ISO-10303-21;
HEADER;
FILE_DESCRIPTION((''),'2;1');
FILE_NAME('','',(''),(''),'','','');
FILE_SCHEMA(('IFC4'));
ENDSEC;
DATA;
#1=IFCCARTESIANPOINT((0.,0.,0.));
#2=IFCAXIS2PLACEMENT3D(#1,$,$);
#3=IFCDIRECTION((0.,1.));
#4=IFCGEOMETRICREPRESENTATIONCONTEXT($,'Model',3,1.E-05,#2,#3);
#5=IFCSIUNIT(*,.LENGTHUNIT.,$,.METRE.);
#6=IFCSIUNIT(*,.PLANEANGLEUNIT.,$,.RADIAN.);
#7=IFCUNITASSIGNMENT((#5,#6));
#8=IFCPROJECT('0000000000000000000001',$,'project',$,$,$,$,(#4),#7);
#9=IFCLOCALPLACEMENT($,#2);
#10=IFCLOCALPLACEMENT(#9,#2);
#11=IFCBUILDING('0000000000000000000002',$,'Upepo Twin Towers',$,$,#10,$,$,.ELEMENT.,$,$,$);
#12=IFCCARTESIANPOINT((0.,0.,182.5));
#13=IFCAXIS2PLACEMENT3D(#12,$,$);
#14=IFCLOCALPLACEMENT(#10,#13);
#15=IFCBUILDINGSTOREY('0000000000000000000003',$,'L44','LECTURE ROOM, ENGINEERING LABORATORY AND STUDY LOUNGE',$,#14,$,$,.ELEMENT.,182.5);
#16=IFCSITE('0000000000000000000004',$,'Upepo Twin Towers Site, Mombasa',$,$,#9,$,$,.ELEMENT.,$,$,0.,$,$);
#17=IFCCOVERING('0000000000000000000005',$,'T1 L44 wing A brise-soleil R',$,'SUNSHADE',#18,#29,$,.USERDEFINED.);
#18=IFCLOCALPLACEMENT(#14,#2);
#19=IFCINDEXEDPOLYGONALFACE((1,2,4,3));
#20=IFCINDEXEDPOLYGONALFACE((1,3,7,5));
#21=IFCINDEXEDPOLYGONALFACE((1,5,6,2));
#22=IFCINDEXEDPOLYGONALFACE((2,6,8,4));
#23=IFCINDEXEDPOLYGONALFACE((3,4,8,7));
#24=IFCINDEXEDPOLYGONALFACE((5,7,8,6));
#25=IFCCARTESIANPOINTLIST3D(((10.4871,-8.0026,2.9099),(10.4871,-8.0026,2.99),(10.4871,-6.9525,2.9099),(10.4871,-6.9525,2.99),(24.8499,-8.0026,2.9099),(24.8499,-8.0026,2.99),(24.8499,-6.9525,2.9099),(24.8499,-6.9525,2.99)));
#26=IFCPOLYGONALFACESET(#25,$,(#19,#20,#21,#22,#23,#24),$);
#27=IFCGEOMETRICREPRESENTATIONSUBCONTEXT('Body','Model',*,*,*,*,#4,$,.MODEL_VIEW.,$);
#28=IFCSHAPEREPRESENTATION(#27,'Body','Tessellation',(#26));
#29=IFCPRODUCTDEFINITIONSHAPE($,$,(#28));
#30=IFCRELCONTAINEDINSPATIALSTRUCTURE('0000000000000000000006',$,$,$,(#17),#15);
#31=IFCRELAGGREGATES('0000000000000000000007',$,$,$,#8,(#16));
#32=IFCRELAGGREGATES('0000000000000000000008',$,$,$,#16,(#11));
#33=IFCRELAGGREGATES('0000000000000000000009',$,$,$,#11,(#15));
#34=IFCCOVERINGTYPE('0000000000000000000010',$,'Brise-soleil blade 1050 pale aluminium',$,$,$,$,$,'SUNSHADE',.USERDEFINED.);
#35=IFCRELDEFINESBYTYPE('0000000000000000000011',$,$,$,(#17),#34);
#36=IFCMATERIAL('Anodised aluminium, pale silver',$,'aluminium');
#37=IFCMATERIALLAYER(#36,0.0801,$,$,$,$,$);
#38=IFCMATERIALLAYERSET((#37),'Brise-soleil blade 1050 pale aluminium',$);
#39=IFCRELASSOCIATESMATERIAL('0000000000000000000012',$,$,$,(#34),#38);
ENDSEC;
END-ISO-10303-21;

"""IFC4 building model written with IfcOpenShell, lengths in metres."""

from ifc_helpers import new_model, si_unit, direction, frame, origin, origin_2d, place, context, subcontext, project, spatial, rectangle, extrude, material, layer, layer_set, type_object, element, save


model = new_model("IFC4")

# Units and contexts
model_context = context("Model", 3, precision=1e-05, world=origin(), true_north=direction((0.0, 1.0)))
body_context = subcontext(model_context, "Body", "Model", "MODEL_VIEW")
ifc_project = project(units=[si_unit("LENGTHUNIT", "METRE"), si_unit("PLANEANGLEUNIT", "RADIAN")], contexts=[model_context])

# Site, building, storey
site_placement = place(None, origin())
site = spatial("IfcSite", under=ifc_project, at=site_placement, Name="Upepo Twin Towers Site, Mombasa", CompositionType="ELEMENT", RefElevation=0.0)
building_placement = place(site_placement, origin())
building = spatial("IfcBuilding", under=site, at=building_placement, Name="Upepo Twin Towers", CompositionType="ELEMENT")
storey_placement = place(building_placement, frame((0.0, 0.0, 182.5)))
storey = spatial("IfcBuildingStorey", under=building, at=storey_placement, Name="L44", Description="LECTURE ROOM, ENGINEERING LABORATORY AND STUDY LOUNGE", CompositionType="ELEMENT", Elevation=182.5)

# Covering
ifc_material_1 = material(Name="Anodised aluminium, pale silver", Category="aluminium")
ifc_layer_1 = layer(ifc_material_1, 0.0801)
ifc_layer_set_1 = layer_set([ifc_layer_1], Name="Brise-soleil blade 1050 pale aluminium")
covering_type = type_object("IfcCoveringType", Name="Brise-soleil blade 1050 pale aluminium", ElementType="SUNSHADE", PredefinedType="USERDEFINED", material=ifc_layer_set_1)
covering_placement = place(storey_placement, frame((17.6685, -7.4775, 2.9099), z_axis=(0.0, 0.0, 1.0), x_axis=(1.0, 0.0, 0.0)))
element("IfcCovering", 1, at=covering_placement, inside=storey, type_object=covering_type, Name="T1 L44 wing A brise-soleil R", ObjectType="SUNSHADE", PredefinedType="USERDEFINED", context=body_context, shape_type="SweptSolid", body=[
    extrude(rectangle(XDim=14.3628, YDim=1.05, at=origin_2d()), origin(), (0.0, 0.0, 1.0), 0.0801),
])

save(model, "model.ifc")
